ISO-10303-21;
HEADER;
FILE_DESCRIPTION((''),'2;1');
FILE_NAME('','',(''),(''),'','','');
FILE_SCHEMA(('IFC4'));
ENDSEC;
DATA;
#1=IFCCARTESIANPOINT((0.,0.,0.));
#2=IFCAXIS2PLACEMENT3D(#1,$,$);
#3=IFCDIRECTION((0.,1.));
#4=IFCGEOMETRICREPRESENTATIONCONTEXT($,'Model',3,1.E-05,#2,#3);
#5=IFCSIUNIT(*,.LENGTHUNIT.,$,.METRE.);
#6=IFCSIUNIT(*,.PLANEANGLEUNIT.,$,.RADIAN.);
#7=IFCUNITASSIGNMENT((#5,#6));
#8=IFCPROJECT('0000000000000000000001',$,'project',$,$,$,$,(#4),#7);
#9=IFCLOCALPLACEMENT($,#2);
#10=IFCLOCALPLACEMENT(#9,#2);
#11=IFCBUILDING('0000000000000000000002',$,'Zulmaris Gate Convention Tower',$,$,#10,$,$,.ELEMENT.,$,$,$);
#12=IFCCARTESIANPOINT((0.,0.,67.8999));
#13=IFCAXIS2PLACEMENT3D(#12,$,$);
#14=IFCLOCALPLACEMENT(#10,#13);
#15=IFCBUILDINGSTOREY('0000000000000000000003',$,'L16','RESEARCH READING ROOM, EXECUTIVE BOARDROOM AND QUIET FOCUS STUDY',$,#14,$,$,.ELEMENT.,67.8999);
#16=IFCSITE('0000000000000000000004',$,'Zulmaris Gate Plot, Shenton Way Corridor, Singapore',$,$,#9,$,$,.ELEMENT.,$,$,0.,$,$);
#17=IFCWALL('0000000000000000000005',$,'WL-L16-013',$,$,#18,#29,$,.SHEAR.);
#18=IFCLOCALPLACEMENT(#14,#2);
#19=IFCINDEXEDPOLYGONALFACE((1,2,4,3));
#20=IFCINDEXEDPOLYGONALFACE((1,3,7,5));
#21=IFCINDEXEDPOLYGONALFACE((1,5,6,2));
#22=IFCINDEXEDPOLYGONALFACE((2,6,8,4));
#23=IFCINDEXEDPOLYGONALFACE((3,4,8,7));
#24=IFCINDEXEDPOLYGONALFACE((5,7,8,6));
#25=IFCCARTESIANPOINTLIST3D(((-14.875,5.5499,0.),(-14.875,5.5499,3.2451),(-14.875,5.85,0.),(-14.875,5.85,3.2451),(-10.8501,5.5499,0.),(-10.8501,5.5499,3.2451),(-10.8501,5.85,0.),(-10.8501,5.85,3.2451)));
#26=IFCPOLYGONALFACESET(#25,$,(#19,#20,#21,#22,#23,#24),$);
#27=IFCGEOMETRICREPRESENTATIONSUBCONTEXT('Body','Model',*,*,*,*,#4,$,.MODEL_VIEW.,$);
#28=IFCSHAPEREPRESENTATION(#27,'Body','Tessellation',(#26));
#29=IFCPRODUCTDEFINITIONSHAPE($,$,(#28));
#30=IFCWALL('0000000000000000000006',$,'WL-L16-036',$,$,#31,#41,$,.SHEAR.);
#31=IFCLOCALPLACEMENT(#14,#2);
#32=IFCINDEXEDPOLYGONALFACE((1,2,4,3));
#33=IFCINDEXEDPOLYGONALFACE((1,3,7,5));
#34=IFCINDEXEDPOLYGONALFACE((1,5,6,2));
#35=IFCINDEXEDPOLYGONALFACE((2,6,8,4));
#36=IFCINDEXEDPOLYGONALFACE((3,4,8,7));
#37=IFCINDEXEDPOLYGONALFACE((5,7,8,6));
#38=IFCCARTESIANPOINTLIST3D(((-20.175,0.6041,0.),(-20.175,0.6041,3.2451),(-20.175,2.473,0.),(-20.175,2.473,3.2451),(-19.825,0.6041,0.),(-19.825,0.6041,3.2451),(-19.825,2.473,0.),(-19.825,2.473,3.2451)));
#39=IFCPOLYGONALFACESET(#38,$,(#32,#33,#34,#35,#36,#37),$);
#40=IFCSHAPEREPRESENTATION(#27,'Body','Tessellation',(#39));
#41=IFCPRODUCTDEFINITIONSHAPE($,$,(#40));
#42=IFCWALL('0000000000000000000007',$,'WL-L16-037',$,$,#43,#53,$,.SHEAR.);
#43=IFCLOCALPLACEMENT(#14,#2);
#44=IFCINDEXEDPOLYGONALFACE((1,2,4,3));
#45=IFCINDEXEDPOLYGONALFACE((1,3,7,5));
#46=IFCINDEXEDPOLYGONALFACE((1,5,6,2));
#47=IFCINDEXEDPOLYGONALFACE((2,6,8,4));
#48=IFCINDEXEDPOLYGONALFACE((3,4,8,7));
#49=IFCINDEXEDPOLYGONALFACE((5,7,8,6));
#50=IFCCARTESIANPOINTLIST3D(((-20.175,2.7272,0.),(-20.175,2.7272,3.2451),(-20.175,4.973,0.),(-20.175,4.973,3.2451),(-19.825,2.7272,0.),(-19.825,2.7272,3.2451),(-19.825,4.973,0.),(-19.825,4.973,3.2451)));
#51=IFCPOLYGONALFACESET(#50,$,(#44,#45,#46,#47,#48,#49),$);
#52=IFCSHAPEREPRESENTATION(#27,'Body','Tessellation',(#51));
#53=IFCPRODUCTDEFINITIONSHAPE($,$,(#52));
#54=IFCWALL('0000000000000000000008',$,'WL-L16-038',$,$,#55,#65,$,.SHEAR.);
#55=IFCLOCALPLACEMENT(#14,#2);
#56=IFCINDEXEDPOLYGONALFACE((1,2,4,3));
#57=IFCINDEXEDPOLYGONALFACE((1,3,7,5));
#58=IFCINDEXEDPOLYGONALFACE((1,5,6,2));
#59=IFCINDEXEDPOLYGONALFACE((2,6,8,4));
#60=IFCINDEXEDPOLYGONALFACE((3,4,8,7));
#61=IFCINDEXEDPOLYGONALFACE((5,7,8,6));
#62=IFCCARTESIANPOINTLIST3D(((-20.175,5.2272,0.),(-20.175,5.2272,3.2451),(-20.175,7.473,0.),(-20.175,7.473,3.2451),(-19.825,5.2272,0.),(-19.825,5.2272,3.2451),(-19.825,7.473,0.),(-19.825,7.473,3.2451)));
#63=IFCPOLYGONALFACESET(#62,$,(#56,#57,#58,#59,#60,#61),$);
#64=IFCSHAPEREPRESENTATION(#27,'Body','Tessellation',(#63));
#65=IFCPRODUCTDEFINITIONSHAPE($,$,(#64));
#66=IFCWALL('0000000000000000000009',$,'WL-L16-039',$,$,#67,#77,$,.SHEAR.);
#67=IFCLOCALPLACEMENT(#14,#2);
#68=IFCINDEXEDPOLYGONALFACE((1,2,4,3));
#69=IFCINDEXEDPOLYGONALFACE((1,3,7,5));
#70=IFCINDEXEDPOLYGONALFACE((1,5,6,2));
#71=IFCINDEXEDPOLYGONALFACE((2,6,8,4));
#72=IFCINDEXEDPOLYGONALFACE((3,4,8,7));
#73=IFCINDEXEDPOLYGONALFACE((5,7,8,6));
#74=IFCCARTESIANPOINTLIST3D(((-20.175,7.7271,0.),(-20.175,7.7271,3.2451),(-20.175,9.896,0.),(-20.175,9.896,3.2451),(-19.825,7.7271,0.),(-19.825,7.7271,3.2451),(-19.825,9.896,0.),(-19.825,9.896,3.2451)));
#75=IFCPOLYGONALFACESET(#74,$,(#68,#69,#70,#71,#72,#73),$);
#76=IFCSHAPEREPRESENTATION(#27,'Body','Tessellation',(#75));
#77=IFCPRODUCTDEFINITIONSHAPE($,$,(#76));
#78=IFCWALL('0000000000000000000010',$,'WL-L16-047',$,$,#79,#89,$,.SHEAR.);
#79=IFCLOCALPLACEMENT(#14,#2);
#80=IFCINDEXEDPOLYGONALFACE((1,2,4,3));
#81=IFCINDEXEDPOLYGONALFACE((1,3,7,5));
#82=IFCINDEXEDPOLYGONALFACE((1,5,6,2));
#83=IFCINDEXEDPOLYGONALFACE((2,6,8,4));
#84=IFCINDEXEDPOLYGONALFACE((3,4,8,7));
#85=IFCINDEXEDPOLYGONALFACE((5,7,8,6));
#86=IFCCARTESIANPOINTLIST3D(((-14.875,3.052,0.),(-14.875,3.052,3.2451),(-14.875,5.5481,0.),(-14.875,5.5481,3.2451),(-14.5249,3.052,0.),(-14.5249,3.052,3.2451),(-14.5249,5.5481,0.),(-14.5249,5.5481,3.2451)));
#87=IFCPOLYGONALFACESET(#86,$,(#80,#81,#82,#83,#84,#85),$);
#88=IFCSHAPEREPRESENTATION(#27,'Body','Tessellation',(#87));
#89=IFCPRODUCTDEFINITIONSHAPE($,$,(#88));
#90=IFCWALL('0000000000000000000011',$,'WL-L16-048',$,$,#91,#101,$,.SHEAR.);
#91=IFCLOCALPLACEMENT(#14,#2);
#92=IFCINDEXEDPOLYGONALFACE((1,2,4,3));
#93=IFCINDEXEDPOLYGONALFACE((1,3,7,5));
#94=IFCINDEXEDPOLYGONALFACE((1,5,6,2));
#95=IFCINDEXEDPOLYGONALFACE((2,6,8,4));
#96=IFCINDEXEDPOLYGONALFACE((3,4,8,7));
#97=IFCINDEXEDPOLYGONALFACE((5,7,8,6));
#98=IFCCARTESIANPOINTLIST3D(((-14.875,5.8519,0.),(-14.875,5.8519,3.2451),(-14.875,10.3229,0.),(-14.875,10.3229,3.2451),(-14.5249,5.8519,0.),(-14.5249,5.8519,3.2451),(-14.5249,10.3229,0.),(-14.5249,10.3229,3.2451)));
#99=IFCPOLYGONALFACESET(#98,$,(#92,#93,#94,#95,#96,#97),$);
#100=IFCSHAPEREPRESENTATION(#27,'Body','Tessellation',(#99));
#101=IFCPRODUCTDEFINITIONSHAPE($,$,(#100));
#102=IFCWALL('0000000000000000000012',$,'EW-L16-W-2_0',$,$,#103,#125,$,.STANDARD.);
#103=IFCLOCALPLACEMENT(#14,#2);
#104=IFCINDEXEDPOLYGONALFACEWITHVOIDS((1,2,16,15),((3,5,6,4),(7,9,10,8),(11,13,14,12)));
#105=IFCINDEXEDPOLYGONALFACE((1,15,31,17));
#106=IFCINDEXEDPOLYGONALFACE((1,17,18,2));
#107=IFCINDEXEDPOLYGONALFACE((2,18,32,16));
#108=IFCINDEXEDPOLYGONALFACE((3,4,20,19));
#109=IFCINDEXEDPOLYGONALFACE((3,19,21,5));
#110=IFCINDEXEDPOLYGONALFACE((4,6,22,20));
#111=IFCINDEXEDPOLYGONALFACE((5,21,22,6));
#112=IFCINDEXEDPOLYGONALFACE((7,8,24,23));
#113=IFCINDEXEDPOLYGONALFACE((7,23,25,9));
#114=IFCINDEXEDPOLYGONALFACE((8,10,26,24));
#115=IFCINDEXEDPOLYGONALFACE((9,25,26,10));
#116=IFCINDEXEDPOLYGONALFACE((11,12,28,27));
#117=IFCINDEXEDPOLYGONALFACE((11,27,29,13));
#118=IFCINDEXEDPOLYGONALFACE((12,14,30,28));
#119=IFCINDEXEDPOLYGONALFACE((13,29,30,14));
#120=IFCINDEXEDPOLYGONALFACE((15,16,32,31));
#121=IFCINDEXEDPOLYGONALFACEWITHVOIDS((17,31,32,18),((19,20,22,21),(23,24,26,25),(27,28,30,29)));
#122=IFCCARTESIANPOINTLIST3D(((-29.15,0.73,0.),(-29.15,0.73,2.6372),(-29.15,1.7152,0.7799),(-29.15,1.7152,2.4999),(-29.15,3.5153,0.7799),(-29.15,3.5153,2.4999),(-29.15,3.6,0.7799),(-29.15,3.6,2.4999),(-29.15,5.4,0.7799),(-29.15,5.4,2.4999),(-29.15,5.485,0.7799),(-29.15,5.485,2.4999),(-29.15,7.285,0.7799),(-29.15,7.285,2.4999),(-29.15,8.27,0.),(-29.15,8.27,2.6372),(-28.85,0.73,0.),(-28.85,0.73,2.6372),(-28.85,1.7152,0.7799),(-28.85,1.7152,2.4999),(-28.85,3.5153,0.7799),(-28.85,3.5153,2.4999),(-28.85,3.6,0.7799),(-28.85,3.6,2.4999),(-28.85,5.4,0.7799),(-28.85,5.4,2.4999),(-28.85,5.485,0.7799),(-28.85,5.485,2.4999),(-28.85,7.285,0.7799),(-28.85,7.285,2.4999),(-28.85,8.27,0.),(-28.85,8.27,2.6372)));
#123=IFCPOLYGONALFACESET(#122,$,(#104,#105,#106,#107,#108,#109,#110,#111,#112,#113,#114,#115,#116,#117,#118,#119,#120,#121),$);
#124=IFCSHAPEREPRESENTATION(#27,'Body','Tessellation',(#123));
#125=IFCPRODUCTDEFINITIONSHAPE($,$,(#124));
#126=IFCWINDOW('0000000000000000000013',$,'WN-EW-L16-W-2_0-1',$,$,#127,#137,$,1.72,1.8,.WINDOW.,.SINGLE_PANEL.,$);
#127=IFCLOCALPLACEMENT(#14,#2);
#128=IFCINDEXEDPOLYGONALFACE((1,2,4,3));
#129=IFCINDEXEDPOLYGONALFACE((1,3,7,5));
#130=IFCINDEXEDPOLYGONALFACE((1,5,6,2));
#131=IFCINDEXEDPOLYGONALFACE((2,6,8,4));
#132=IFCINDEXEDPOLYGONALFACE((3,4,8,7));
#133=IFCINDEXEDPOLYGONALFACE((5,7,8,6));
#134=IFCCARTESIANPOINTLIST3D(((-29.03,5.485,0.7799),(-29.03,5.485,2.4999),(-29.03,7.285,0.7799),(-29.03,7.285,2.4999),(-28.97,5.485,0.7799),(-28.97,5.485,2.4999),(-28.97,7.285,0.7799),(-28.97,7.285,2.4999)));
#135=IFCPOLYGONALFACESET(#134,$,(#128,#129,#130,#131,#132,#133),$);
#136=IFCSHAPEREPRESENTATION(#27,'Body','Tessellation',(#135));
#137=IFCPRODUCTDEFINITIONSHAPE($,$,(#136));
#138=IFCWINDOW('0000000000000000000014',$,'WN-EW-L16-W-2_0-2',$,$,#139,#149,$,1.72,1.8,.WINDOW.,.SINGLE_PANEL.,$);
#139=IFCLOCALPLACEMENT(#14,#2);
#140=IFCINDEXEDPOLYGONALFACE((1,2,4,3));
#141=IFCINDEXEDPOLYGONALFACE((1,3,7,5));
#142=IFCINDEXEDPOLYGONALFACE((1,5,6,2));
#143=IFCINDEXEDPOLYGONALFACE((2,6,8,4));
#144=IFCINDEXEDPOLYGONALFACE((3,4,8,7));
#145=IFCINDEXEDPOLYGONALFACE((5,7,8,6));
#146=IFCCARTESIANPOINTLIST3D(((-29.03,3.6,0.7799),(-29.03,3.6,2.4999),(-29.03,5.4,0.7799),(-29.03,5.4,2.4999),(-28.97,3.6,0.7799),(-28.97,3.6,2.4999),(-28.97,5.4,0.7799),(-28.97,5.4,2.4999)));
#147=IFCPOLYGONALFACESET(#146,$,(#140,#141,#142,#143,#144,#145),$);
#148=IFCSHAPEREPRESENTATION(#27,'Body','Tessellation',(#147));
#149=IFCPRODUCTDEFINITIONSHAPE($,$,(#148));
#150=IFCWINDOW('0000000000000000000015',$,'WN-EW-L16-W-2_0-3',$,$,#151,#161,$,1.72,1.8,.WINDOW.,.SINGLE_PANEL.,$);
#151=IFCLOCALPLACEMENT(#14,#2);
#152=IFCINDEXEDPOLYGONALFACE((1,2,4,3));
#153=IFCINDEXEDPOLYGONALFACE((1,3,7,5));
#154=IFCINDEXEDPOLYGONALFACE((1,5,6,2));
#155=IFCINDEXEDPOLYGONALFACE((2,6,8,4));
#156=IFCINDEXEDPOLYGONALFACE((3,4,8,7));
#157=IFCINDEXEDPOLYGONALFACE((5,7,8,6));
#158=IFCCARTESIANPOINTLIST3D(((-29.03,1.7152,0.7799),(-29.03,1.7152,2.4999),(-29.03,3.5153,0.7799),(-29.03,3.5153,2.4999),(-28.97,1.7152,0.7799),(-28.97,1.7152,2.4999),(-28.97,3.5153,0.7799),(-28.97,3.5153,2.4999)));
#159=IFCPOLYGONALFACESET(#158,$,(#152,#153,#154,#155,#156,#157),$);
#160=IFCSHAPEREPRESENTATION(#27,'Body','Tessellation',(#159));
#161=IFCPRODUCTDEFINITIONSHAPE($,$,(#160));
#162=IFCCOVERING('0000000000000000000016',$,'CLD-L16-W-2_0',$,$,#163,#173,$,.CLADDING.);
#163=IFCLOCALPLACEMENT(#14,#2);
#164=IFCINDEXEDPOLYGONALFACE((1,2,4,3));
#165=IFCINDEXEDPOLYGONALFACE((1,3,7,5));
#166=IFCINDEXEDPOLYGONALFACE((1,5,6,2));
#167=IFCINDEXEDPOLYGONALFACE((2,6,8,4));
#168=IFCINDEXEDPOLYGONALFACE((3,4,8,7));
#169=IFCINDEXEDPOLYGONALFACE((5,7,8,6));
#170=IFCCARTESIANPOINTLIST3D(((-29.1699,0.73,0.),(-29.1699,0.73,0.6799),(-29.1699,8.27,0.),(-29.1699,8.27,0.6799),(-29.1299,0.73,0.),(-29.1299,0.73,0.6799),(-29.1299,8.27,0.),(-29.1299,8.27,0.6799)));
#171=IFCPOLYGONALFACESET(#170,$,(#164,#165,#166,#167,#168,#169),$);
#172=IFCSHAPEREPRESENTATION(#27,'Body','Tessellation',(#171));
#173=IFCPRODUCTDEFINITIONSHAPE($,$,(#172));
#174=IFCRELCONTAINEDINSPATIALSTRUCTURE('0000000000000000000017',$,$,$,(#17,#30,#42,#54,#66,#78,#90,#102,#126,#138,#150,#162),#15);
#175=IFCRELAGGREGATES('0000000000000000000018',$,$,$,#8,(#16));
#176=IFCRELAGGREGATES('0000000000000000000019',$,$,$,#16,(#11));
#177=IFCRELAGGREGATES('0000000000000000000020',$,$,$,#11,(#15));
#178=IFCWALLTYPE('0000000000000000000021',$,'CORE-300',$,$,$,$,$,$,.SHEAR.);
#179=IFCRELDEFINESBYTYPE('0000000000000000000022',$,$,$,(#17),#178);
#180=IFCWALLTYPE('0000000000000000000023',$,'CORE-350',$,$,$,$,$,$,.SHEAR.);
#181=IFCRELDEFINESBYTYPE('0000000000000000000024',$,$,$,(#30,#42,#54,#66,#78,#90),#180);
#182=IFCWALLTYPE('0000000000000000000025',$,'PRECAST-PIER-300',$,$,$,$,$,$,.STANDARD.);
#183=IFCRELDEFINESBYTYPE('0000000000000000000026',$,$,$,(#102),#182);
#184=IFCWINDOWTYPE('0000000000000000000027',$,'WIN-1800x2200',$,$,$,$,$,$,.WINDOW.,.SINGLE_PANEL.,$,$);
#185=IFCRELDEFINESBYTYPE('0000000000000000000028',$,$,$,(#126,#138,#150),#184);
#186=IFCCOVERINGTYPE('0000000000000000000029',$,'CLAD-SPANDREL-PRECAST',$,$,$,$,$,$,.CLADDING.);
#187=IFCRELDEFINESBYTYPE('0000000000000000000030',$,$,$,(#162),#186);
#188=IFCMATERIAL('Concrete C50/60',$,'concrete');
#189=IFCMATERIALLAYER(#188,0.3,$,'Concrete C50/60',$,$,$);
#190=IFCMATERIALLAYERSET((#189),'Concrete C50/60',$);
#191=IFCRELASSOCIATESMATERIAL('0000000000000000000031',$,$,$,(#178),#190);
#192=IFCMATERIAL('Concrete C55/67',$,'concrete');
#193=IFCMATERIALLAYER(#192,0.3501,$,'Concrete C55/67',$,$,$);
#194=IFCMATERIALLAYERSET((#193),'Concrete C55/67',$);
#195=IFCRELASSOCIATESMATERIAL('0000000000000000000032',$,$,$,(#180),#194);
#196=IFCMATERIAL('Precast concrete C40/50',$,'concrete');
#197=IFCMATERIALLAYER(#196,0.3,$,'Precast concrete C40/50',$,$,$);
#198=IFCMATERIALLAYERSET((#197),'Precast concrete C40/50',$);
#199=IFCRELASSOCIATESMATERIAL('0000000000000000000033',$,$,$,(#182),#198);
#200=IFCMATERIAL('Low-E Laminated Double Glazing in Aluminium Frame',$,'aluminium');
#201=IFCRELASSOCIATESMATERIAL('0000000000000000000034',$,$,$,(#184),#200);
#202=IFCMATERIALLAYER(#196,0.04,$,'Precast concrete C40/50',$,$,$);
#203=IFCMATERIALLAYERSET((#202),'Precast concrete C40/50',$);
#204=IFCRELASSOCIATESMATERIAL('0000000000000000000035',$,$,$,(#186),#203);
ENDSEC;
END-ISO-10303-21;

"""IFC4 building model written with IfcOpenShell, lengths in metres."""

from ifc_helpers import new_model, si_unit, direction, frame, frame_2d, origin, place, context, subcontext, project, spatial, rectangle, extrude, material, layer, layer_set, type_object, element, fill, save


model = new_model("IFC4")

# Units and contexts
model_context = context("Model", 3, precision=1e-05, world=origin(), true_north=direction((0.0, 1.0)))
body_context = subcontext(model_context, "Body", "Model", "MODEL_VIEW")
ifc_project = project(units=[si_unit("LENGTHUNIT", "METRE"), si_unit("PLANEANGLEUNIT", "RADIAN")], contexts=[model_context])

# Site, building, storey
site_placement = place(None, origin())
site = spatial("IfcSite", under=ifc_project, at=site_placement, Name="Zulmaris Gate Plot, Shenton Way Corridor, Singapore", CompositionType="ELEMENT", RefElevation=0.0)
building_placement = place(site_placement, origin())
building = spatial("IfcBuilding", under=site, at=building_placement, Name="Zulmaris Gate Convention Tower", CompositionType="ELEMENT")
storey_placement = place(building_placement, frame((0.0, 0.0, 67.8999)))
storey = spatial("IfcBuildingStorey", under=building, at=storey_placement, Name="L16", Description="RESEARCH READING ROOM, EXECUTIVE BOARDROOM AND QUIET FOCUS STUDY", CompositionType="ELEMENT", Elevation=67.8999)

# Shared definitions
ifc_material_1 = material(Name="Concrete C50/60", Category="concrete")

# Shared definitions
ifc_layer_1 = layer(ifc_material_1, 0.3, Name="Concrete C50/60")
ifc_layer_set_1 = layer_set([ifc_layer_1], Name="Concrete C50/60")
wall_type_1 = type_object("IfcWallType", Name="CORE-300", PredefinedType="SHEAR", material=ifc_layer_set_1)

# Walls
wall_1_placement = place(storey_placement, frame((-14.875, 5.7, 0.0), z_axis=(0.0, 0.0, 1.0), x_axis=(1.0, 0.0, 0.0)))
element("IfcWall", 1, at=wall_1_placement, inside=storey, type_object=wall_type_1, Name="WL-L16-013", PredefinedType="SHEAR", context=body_context, shape_type="SweptSolid", body=[
    extrude(rectangle(XDim=4.0249, YDim=0.3, at=frame_2d((2.0125, 0.0))), origin(), (0.0, 0.0, 1.0), 3.2451),
])
ifc_material_2 = material(Name="Concrete C55/67", Category="concrete")
ifc_layer_2 = layer(ifc_material_2, 0.3501, Name="Concrete C55/67")
ifc_layer_set_2 = layer_set([ifc_layer_2], Name="Concrete C55/67")
wall_type_2 = type_object("IfcWallType", Name="CORE-350", PredefinedType="SHEAR", material=ifc_layer_set_2)
wall_2_placement = place(storey_placement, frame((-20.0, 0.604, 0.0), z_axis=(0.0, 0.0, 1.0), x_axis=(0.0, 1.0, 0.0)))
element("IfcWall", 2, at=wall_2_placement, inside=storey, type_object=wall_type_2, Name="WL-L16-036", PredefinedType="SHEAR", context=body_context, shape_type="SweptSolid", body=[
    extrude(rectangle(XDim=1.8689, YDim=0.3501, at=frame_2d((0.9346, 0.0))), origin(), (0.0, 0.0, 1.0), 3.2451),
])
for number, where, z_axis, x_axis, name in (
    (3, (-20.0, 2.7271, 0.0), (0.0, 0.0, 1.0), (0.0, 1.0, 0.0), "WL-L16-037"),
    (4, (-20.0, 5.2271, 0.0), (0.0, 0.0, 1.0), (0.0, 1.0, 0.0), "WL-L16-038"),
):
    element("IfcWall", number, at=place(storey_placement, frame(where, z_axis=z_axis, x_axis=x_axis)), inside=storey, type_object=wall_type_2, Name=name, PredefinedType="SHEAR", context=body_context, shape_type="SweptSolid", body=[
        extrude(rectangle(XDim=2.2458, YDim=0.3501, at=frame_2d((1.123, 0.0))), origin(), (0.0, 0.0, 1.0), 3.2451),
    ])
wall_3_placement = place(storey_placement, frame((-20.0, 7.7271, 0.0), z_axis=(0.0, 0.0, 1.0), x_axis=(0.0, 1.0, 0.0)))
element("IfcWall", 5, at=wall_3_placement, inside=storey, type_object=wall_type_2, Name="WL-L16-039", PredefinedType="SHEAR", context=body_context, shape_type="SweptSolid", body=[
    extrude(rectangle(XDim=2.1689, YDim=0.3501, at=frame_2d((1.0845, 0.0))), origin(), (0.0, 0.0, 1.0), 3.2451),
])
wall_4_placement = place(storey_placement, frame((-14.7, 3.052, 0.0), z_axis=(0.0, 0.0, 1.0), x_axis=(0.0, 1.0, 0.0)))
element("IfcWall", 6, at=wall_4_placement, inside=storey, type_object=wall_type_2, Name="WL-L16-047", PredefinedType="SHEAR", context=body_context, shape_type="SweptSolid", body=[
    extrude(rectangle(XDim=2.4961, YDim=0.3501, at=frame_2d((1.248, 0.0))), origin(), (0.0, 0.0, 1.0), 3.2451),
])
wall_5_placement = place(storey_placement, frame((-14.7, 5.8521, 0.0), z_axis=(0.0, 0.0, 1.0), x_axis=(0.0, 1.0, 0.0)))
element("IfcWall", 7, at=wall_5_placement, inside=storey, type_object=wall_type_2, Name="WL-L16-048", PredefinedType="SHEAR", context=body_context, shape_type="SweptSolid", body=[
    extrude(rectangle(XDim=4.4709, YDim=0.3501, at=frame_2d((2.2354, 0.0))), origin(), (0.0, 0.0, 1.0), 3.2451),
])

# Wall, openings, windows
ifc_material_3 = material(Name="Precast concrete C40/50", Category="concrete")
ifc_layer_3 = layer(ifc_material_3, 0.3, Name="Precast concrete C40/50")
ifc_layer_set_3 = layer_set([ifc_layer_3], Name="Precast concrete C40/50")
wall_type_3 = type_object("IfcWallType", Name="PRECAST-PIER-300", PredefinedType="STANDARD", material=ifc_layer_set_3)
wall_6_placement = place(storey_placement, frame((-29.0, 8.27, 0.0), z_axis=(0.0, 0.0, 1.0), x_axis=(0.0, -1.0, 0.0)))
wall_6 = element("IfcWall", 8, at=wall_6_placement, inside=storey, type_object=wall_type_3, Name="EW-L16-W-2_0", PredefinedType="STANDARD", context=body_context, shape_type="SweptSolid", body=[
    extrude(rectangle(XDim=7.54, YDim=0.3, at=frame_2d((3.77, 0.0))), origin(), (0.0, 0.0, 1.0), 2.6372),
])
opening_1_placement = place(wall_6_placement, frame((0.9851, 0.0, 0.78)))
opening_1 = element("IfcOpeningElement", 9, at=opening_1_placement, cuts=wall_6, PredefinedType="OPENING", context=body_context, shape_type="SweptSolid", body=[
    extrude(rectangle(XDim=1.8, YDim=1.72, at=frame_2d((0.8999, 0.8599))), frame((0.0, 0.1602, 0.0), z_axis=(0.0, -1.0, 0.0), x_axis=(1.0, 0.0, 0.0)), (0.0, 0.0, 1.0), 0.3201),
])
opening_2_placement = place(wall_6_placement, frame((2.8701, 0.0, 0.78)))
opening_2 = element("IfcOpeningElement", 10, at=opening_2_placement, cuts=wall_6, PredefinedType="OPENING", context=body_context, shape_type="SweptSolid", body=[
    extrude(rectangle(XDim=1.8, YDim=1.72, at=frame_2d((0.8999, 0.8599))), frame((0.0, 0.1602, 0.0), z_axis=(0.0, -1.0, 0.0), x_axis=(1.0, 0.0, 0.0)), (0.0, 0.0, 1.0), 0.3201),
])
opening_3_placement = place(wall_6_placement, frame((4.7549, 0.0, 0.78)))
opening_3 = element("IfcOpeningElement", 11, at=opening_3_placement, cuts=wall_6, PredefinedType="OPENING", context=body_context, shape_type="SweptSolid", body=[
    extrude(rectangle(XDim=1.8, YDim=1.72, at=frame_2d((0.8999, 0.8599))), frame((0.0, 0.1602, 0.0), z_axis=(0.0, -1.0, 0.0), x_axis=(1.0, 0.0, 0.0)), (0.0, 0.0, 1.0), 0.3201),
])
ifc_material_4 = material(Name="Low-E Laminated Double Glazing in Aluminium Frame", Category="aluminium")
window_type = type_object("IfcWindowType", Name="WIN-1800x2200", PartitioningType="SINGLE_PANEL", PredefinedType="WINDOW", material=ifc_material_4)
window_1_placement = place(opening_1_placement, origin())
window_1 = element("IfcWindow", 12, at=window_1_placement, inside=storey, type_object=window_type, Name="WN-EW-L16-W-2_0-1", OverallHeight=1.72, OverallWidth=1.8, PartitioningType="SINGLE_PANEL", PredefinedType="WINDOW", context=body_context, shape_type="SweptSolid", body=[
    extrude(rectangle(XDim=1.8, YDim=1.72, at=frame_2d((0.8999, 0.8599))), frame((0.0, 0.03, 0.0), z_axis=(0.0, -1.0, 0.0), x_axis=(1.0, 0.0, 0.0)), (0.0, 0.0, 1.0), 0.0601),
])
fill(opening_1, window_1)
window_2_placement = place(opening_2_placement, origin())
window_2 = element("IfcWindow", 13, at=window_2_placement, inside=storey, type_object=window_type, Name="WN-EW-L16-W-2_0-2", OverallHeight=1.72, OverallWidth=1.8, PartitioningType="SINGLE_PANEL", PredefinedType="WINDOW", context=body_context, shape_type="SweptSolid", body=[
    extrude(rectangle(XDim=1.8, YDim=1.72, at=frame_2d((0.8999, 0.8599))), frame((0.0, 0.03, 0.0), z_axis=(0.0, -1.0, 0.0), x_axis=(1.0, 0.0, 0.0)), (0.0, 0.0, 1.0), 0.0601),
])
fill(opening_2, window_2)
window_3_placement = place(opening_3_placement, origin())
window_3 = element("IfcWindow", 14, at=window_3_placement, inside=storey, type_object=window_type, Name="WN-EW-L16-W-2_0-3", OverallHeight=1.72, OverallWidth=1.8, PartitioningType="SINGLE_PANEL", PredefinedType="WINDOW", context=body_context, shape_type="SweptSolid", body=[
    extrude(rectangle(XDim=1.8, YDim=1.72, at=frame_2d((0.8999, 0.8599))), frame((0.0, 0.03, 0.0), z_axis=(0.0, -1.0, 0.0), x_axis=(1.0, 0.0, 0.0)), (0.0, 0.0, 1.0), 0.0601),
])
fill(opening_3, window_3)

# Covering
ifc_layer_4 = layer(ifc_material_3, 0.04, Name="Precast concrete C40/50")
ifc_layer_set_4 = layer_set([ifc_layer_4], Name="Precast concrete C40/50")
covering_type = type_object("IfcCoveringType", Name="CLAD-SPANDREL-PRECAST", PredefinedType="CLADDING", material=ifc_layer_set_4)
covering_placement = place(storey_placement, frame((-29.1499, 8.27, 0.0), z_axis=(0.0, 0.0, 1.0), x_axis=(0.0, -1.0, 0.0)))
element("IfcCovering", 15, at=covering_placement, inside=storey, type_object=covering_type, Name="CLD-L16-W-2_0", PredefinedType="CLADDING", context=body_context, shape_type="SweptSolid", body=[
    extrude(rectangle(XDim=7.54, YDim=0.04, at=frame_2d((3.77, 0.0))), origin(), (0.0, 0.0, 1.0), 0.6799),
])

save(model, "model.ifc")
